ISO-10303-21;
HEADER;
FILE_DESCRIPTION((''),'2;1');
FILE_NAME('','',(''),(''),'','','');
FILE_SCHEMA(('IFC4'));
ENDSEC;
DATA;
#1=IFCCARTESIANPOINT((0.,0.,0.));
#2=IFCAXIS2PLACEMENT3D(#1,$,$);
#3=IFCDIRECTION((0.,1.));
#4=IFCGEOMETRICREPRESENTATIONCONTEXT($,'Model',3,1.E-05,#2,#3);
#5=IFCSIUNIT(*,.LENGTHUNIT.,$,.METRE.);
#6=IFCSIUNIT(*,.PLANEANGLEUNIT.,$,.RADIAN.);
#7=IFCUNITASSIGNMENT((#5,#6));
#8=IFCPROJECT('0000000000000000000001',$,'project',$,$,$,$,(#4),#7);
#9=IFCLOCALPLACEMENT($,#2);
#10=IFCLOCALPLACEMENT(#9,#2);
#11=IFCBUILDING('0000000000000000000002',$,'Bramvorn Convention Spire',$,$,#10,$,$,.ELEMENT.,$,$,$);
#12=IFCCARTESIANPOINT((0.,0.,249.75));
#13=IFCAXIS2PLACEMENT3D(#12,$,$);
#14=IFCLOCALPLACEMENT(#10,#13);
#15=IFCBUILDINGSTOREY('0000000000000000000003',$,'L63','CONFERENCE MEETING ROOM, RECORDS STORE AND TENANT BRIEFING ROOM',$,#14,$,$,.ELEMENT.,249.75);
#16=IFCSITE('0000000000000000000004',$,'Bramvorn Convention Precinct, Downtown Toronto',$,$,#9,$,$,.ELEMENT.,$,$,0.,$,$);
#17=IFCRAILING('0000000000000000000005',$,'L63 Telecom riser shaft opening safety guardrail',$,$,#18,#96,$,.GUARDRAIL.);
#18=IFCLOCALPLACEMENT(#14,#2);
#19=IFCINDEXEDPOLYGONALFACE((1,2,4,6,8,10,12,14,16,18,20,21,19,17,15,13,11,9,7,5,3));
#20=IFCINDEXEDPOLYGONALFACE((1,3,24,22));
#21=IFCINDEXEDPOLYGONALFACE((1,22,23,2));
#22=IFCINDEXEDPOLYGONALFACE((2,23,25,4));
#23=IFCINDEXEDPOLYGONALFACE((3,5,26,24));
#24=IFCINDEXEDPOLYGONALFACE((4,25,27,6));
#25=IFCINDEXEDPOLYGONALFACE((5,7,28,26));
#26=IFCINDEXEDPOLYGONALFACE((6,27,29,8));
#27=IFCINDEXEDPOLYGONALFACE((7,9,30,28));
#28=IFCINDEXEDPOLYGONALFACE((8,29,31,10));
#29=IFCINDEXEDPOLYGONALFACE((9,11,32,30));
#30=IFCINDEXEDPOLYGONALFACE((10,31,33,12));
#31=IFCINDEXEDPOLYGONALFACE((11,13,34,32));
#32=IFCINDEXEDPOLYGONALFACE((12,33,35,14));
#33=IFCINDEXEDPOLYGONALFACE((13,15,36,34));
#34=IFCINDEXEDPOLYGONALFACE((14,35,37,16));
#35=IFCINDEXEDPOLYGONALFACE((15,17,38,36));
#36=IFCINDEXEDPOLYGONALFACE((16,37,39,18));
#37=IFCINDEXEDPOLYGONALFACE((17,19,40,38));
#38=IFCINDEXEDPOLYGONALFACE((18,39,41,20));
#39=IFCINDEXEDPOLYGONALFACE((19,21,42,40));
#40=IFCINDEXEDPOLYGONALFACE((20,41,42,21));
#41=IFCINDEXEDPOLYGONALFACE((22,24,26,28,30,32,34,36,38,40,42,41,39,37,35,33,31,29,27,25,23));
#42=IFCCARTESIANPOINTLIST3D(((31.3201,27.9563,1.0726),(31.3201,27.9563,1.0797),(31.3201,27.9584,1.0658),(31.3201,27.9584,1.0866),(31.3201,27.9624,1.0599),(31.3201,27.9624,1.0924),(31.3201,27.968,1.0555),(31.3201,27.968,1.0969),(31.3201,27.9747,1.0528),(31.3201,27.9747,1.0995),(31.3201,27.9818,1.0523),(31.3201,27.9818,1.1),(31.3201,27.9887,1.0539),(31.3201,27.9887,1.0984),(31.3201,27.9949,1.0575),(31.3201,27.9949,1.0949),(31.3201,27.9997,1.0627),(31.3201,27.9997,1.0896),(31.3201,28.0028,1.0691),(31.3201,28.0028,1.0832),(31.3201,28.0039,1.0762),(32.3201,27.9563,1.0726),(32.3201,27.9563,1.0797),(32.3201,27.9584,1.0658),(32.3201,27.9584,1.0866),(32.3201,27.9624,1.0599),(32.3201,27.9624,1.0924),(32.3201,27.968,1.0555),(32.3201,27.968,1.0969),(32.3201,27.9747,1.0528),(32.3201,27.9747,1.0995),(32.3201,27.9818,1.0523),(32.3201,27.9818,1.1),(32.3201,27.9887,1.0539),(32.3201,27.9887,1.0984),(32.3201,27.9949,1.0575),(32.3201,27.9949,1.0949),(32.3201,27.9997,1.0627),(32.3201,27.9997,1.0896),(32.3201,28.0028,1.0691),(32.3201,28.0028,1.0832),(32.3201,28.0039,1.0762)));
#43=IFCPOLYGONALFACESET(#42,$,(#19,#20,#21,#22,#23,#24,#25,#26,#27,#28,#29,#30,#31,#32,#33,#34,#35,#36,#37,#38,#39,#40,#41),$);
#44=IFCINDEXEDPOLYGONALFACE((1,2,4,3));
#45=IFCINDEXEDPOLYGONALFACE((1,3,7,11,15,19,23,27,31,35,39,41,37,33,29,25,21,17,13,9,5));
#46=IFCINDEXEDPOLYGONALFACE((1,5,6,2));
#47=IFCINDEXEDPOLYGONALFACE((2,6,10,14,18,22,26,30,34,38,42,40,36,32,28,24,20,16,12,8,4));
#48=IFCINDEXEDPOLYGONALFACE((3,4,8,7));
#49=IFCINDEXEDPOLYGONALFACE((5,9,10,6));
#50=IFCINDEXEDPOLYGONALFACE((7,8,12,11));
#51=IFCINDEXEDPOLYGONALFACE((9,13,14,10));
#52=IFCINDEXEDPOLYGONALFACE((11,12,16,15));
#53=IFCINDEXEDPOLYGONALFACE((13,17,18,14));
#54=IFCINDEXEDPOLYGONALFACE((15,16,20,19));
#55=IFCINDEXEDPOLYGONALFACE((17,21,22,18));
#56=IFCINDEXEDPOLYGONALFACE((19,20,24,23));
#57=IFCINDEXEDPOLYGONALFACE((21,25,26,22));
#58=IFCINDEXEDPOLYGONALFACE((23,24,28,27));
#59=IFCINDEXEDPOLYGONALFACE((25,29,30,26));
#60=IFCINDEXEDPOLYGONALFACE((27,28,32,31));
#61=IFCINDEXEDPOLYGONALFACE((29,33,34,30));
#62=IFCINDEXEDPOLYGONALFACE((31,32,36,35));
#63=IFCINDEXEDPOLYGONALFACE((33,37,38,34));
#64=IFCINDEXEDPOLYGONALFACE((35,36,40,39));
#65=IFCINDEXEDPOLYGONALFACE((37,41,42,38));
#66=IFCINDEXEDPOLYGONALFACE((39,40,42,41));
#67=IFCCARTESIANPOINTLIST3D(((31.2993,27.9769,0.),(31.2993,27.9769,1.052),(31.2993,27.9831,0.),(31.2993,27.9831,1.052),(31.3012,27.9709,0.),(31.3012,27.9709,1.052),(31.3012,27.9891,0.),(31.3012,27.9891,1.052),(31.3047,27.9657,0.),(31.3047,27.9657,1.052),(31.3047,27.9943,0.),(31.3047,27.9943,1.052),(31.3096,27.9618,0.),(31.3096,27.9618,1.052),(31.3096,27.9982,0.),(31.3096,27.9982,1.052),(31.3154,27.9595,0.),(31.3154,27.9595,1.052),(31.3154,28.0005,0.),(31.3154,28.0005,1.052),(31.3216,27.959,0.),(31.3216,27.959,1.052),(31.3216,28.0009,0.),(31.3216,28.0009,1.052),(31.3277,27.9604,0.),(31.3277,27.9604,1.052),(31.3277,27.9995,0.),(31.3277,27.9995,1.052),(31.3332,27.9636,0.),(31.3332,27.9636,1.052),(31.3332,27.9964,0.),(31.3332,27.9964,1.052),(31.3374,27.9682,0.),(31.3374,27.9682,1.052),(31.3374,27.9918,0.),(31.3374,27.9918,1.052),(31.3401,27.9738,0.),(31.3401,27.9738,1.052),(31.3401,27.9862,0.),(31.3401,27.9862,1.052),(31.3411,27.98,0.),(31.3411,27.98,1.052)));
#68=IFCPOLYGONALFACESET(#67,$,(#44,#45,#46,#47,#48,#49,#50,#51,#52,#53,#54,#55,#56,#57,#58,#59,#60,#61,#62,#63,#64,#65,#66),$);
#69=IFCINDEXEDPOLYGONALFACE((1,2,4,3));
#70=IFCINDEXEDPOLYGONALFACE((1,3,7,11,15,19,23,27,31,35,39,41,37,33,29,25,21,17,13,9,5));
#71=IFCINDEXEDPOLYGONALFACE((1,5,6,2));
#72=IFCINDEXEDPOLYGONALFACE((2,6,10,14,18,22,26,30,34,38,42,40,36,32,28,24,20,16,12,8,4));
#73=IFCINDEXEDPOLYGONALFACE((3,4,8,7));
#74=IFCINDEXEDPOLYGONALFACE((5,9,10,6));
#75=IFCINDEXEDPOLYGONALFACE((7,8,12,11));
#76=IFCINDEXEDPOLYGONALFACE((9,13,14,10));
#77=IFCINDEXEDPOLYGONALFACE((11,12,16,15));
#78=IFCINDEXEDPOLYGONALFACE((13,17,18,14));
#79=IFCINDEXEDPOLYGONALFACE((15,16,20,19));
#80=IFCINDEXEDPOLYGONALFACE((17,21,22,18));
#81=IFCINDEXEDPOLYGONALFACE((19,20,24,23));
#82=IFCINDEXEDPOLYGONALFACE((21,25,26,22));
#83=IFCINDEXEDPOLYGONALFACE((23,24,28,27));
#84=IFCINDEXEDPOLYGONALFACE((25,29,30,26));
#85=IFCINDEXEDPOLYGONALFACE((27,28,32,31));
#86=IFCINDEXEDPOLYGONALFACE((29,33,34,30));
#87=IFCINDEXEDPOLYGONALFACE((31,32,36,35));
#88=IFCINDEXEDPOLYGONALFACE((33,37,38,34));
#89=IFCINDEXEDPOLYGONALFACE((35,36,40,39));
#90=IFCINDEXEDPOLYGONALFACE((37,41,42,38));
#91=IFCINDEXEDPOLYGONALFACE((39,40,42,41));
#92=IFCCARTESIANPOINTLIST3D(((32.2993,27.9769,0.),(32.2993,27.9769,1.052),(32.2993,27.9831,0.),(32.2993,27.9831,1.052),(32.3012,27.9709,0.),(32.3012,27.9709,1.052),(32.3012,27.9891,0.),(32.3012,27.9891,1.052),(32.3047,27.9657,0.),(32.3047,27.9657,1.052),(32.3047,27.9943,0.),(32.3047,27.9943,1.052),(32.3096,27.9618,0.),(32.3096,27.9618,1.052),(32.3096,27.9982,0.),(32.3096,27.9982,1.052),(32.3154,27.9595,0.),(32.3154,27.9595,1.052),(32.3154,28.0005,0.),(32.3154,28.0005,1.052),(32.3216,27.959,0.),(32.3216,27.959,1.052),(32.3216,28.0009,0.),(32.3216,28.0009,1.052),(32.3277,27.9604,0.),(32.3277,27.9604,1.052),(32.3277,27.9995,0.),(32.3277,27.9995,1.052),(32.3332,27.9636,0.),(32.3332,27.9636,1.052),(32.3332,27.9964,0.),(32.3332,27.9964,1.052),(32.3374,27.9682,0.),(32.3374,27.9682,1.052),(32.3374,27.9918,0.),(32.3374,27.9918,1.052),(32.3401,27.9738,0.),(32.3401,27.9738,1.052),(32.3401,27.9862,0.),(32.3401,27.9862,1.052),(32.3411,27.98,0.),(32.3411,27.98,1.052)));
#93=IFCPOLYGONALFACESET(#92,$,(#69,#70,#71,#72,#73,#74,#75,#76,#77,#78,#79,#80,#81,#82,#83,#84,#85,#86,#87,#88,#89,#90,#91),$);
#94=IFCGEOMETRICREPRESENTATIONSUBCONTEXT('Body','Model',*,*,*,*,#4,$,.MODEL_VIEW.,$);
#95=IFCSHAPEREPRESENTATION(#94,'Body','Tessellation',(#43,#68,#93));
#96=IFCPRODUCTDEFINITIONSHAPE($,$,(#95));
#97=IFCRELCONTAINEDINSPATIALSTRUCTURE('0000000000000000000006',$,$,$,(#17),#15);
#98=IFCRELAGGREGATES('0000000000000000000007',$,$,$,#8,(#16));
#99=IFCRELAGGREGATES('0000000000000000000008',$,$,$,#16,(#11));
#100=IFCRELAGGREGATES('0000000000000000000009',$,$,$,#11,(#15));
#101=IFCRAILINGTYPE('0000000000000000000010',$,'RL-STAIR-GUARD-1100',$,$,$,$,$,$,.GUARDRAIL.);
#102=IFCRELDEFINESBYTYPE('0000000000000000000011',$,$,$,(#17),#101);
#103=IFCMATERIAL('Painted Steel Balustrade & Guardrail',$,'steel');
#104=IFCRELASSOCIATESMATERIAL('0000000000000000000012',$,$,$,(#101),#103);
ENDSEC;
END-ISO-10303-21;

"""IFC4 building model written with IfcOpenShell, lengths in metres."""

from ifc_helpers import new_model, si_unit, direction, frame, origin, origin_2d, place, context, subcontext, project, spatial, circle, extrude, material, type_object, element, save


model = new_model("IFC4")

# Units and contexts
model_context = context("Model", 3, precision=1e-05, world=origin(), true_north=direction((0.0, 1.0)))
body_context = subcontext(model_context, "Body", "Model", "MODEL_VIEW")
ifc_project = project(units=[si_unit("LENGTHUNIT", "METRE"), si_unit("PLANEANGLEUNIT", "RADIAN")], contexts=[model_context])

# Site, building, storey
site_placement = place(None, origin())
site = spatial("IfcSite", under=ifc_project, at=site_placement, Name="Bramvorn Convention Precinct, Downtown Toronto", CompositionType="ELEMENT", RefElevation=0.0)
building_placement = place(site_placement, origin())
building = spatial("IfcBuilding", under=site, at=building_placement, Name="Bramvorn Convention Spire", CompositionType="ELEMENT")
storey_placement = place(building_placement, frame((0.0, 0.0, 249.75)))
storey = spatial("IfcBuildingStorey", under=building, at=storey_placement, Name="L63", Description="CONFERENCE MEETING ROOM, RECORDS STORE AND TENANT BRIEFING ROOM", CompositionType="ELEMENT", Elevation=249.75)

# Railing
ifc_material_1 = material(Name="Painted Steel Balustrade & Guardrail", Category="steel")
railing_type_1 = type_object("IfcRailingType", Name="RL-STAIR-GUARD-1100", PredefinedType="GUARDRAIL", material=ifc_material_1)
railing_1_placement = place(storey_placement, frame((31.3201, 27.98, 0.0)))
element("IfcRailing", 1, at=railing_1_placement, inside=storey, type_object=railing_type_1, Name="L63 Telecom riser shaft opening safety guardrail", PredefinedType="GUARDRAIL", context=body_context, shape_type="SweptSolid", body=[
    extrude(circle(Radius=0.0239, at=origin_2d()), frame((0.0, 0.0, 1.0762), z_axis=(1.0, 0.0, 0.0), x_axis=(0.0, 1.0, 0.0)), (0.0, 0.0, 1.0), 1.0),
    extrude(circle(Radius=0.021, at=origin_2d()), origin(), (0.0, 0.0, 1.0), 1.052),
    extrude(circle(Radius=0.021, at=origin_2d()), frame((1.0, 0.0, 0.0)), (0.0, 0.0, 1.0), 1.052),
])

save(model, "model.ifc")
